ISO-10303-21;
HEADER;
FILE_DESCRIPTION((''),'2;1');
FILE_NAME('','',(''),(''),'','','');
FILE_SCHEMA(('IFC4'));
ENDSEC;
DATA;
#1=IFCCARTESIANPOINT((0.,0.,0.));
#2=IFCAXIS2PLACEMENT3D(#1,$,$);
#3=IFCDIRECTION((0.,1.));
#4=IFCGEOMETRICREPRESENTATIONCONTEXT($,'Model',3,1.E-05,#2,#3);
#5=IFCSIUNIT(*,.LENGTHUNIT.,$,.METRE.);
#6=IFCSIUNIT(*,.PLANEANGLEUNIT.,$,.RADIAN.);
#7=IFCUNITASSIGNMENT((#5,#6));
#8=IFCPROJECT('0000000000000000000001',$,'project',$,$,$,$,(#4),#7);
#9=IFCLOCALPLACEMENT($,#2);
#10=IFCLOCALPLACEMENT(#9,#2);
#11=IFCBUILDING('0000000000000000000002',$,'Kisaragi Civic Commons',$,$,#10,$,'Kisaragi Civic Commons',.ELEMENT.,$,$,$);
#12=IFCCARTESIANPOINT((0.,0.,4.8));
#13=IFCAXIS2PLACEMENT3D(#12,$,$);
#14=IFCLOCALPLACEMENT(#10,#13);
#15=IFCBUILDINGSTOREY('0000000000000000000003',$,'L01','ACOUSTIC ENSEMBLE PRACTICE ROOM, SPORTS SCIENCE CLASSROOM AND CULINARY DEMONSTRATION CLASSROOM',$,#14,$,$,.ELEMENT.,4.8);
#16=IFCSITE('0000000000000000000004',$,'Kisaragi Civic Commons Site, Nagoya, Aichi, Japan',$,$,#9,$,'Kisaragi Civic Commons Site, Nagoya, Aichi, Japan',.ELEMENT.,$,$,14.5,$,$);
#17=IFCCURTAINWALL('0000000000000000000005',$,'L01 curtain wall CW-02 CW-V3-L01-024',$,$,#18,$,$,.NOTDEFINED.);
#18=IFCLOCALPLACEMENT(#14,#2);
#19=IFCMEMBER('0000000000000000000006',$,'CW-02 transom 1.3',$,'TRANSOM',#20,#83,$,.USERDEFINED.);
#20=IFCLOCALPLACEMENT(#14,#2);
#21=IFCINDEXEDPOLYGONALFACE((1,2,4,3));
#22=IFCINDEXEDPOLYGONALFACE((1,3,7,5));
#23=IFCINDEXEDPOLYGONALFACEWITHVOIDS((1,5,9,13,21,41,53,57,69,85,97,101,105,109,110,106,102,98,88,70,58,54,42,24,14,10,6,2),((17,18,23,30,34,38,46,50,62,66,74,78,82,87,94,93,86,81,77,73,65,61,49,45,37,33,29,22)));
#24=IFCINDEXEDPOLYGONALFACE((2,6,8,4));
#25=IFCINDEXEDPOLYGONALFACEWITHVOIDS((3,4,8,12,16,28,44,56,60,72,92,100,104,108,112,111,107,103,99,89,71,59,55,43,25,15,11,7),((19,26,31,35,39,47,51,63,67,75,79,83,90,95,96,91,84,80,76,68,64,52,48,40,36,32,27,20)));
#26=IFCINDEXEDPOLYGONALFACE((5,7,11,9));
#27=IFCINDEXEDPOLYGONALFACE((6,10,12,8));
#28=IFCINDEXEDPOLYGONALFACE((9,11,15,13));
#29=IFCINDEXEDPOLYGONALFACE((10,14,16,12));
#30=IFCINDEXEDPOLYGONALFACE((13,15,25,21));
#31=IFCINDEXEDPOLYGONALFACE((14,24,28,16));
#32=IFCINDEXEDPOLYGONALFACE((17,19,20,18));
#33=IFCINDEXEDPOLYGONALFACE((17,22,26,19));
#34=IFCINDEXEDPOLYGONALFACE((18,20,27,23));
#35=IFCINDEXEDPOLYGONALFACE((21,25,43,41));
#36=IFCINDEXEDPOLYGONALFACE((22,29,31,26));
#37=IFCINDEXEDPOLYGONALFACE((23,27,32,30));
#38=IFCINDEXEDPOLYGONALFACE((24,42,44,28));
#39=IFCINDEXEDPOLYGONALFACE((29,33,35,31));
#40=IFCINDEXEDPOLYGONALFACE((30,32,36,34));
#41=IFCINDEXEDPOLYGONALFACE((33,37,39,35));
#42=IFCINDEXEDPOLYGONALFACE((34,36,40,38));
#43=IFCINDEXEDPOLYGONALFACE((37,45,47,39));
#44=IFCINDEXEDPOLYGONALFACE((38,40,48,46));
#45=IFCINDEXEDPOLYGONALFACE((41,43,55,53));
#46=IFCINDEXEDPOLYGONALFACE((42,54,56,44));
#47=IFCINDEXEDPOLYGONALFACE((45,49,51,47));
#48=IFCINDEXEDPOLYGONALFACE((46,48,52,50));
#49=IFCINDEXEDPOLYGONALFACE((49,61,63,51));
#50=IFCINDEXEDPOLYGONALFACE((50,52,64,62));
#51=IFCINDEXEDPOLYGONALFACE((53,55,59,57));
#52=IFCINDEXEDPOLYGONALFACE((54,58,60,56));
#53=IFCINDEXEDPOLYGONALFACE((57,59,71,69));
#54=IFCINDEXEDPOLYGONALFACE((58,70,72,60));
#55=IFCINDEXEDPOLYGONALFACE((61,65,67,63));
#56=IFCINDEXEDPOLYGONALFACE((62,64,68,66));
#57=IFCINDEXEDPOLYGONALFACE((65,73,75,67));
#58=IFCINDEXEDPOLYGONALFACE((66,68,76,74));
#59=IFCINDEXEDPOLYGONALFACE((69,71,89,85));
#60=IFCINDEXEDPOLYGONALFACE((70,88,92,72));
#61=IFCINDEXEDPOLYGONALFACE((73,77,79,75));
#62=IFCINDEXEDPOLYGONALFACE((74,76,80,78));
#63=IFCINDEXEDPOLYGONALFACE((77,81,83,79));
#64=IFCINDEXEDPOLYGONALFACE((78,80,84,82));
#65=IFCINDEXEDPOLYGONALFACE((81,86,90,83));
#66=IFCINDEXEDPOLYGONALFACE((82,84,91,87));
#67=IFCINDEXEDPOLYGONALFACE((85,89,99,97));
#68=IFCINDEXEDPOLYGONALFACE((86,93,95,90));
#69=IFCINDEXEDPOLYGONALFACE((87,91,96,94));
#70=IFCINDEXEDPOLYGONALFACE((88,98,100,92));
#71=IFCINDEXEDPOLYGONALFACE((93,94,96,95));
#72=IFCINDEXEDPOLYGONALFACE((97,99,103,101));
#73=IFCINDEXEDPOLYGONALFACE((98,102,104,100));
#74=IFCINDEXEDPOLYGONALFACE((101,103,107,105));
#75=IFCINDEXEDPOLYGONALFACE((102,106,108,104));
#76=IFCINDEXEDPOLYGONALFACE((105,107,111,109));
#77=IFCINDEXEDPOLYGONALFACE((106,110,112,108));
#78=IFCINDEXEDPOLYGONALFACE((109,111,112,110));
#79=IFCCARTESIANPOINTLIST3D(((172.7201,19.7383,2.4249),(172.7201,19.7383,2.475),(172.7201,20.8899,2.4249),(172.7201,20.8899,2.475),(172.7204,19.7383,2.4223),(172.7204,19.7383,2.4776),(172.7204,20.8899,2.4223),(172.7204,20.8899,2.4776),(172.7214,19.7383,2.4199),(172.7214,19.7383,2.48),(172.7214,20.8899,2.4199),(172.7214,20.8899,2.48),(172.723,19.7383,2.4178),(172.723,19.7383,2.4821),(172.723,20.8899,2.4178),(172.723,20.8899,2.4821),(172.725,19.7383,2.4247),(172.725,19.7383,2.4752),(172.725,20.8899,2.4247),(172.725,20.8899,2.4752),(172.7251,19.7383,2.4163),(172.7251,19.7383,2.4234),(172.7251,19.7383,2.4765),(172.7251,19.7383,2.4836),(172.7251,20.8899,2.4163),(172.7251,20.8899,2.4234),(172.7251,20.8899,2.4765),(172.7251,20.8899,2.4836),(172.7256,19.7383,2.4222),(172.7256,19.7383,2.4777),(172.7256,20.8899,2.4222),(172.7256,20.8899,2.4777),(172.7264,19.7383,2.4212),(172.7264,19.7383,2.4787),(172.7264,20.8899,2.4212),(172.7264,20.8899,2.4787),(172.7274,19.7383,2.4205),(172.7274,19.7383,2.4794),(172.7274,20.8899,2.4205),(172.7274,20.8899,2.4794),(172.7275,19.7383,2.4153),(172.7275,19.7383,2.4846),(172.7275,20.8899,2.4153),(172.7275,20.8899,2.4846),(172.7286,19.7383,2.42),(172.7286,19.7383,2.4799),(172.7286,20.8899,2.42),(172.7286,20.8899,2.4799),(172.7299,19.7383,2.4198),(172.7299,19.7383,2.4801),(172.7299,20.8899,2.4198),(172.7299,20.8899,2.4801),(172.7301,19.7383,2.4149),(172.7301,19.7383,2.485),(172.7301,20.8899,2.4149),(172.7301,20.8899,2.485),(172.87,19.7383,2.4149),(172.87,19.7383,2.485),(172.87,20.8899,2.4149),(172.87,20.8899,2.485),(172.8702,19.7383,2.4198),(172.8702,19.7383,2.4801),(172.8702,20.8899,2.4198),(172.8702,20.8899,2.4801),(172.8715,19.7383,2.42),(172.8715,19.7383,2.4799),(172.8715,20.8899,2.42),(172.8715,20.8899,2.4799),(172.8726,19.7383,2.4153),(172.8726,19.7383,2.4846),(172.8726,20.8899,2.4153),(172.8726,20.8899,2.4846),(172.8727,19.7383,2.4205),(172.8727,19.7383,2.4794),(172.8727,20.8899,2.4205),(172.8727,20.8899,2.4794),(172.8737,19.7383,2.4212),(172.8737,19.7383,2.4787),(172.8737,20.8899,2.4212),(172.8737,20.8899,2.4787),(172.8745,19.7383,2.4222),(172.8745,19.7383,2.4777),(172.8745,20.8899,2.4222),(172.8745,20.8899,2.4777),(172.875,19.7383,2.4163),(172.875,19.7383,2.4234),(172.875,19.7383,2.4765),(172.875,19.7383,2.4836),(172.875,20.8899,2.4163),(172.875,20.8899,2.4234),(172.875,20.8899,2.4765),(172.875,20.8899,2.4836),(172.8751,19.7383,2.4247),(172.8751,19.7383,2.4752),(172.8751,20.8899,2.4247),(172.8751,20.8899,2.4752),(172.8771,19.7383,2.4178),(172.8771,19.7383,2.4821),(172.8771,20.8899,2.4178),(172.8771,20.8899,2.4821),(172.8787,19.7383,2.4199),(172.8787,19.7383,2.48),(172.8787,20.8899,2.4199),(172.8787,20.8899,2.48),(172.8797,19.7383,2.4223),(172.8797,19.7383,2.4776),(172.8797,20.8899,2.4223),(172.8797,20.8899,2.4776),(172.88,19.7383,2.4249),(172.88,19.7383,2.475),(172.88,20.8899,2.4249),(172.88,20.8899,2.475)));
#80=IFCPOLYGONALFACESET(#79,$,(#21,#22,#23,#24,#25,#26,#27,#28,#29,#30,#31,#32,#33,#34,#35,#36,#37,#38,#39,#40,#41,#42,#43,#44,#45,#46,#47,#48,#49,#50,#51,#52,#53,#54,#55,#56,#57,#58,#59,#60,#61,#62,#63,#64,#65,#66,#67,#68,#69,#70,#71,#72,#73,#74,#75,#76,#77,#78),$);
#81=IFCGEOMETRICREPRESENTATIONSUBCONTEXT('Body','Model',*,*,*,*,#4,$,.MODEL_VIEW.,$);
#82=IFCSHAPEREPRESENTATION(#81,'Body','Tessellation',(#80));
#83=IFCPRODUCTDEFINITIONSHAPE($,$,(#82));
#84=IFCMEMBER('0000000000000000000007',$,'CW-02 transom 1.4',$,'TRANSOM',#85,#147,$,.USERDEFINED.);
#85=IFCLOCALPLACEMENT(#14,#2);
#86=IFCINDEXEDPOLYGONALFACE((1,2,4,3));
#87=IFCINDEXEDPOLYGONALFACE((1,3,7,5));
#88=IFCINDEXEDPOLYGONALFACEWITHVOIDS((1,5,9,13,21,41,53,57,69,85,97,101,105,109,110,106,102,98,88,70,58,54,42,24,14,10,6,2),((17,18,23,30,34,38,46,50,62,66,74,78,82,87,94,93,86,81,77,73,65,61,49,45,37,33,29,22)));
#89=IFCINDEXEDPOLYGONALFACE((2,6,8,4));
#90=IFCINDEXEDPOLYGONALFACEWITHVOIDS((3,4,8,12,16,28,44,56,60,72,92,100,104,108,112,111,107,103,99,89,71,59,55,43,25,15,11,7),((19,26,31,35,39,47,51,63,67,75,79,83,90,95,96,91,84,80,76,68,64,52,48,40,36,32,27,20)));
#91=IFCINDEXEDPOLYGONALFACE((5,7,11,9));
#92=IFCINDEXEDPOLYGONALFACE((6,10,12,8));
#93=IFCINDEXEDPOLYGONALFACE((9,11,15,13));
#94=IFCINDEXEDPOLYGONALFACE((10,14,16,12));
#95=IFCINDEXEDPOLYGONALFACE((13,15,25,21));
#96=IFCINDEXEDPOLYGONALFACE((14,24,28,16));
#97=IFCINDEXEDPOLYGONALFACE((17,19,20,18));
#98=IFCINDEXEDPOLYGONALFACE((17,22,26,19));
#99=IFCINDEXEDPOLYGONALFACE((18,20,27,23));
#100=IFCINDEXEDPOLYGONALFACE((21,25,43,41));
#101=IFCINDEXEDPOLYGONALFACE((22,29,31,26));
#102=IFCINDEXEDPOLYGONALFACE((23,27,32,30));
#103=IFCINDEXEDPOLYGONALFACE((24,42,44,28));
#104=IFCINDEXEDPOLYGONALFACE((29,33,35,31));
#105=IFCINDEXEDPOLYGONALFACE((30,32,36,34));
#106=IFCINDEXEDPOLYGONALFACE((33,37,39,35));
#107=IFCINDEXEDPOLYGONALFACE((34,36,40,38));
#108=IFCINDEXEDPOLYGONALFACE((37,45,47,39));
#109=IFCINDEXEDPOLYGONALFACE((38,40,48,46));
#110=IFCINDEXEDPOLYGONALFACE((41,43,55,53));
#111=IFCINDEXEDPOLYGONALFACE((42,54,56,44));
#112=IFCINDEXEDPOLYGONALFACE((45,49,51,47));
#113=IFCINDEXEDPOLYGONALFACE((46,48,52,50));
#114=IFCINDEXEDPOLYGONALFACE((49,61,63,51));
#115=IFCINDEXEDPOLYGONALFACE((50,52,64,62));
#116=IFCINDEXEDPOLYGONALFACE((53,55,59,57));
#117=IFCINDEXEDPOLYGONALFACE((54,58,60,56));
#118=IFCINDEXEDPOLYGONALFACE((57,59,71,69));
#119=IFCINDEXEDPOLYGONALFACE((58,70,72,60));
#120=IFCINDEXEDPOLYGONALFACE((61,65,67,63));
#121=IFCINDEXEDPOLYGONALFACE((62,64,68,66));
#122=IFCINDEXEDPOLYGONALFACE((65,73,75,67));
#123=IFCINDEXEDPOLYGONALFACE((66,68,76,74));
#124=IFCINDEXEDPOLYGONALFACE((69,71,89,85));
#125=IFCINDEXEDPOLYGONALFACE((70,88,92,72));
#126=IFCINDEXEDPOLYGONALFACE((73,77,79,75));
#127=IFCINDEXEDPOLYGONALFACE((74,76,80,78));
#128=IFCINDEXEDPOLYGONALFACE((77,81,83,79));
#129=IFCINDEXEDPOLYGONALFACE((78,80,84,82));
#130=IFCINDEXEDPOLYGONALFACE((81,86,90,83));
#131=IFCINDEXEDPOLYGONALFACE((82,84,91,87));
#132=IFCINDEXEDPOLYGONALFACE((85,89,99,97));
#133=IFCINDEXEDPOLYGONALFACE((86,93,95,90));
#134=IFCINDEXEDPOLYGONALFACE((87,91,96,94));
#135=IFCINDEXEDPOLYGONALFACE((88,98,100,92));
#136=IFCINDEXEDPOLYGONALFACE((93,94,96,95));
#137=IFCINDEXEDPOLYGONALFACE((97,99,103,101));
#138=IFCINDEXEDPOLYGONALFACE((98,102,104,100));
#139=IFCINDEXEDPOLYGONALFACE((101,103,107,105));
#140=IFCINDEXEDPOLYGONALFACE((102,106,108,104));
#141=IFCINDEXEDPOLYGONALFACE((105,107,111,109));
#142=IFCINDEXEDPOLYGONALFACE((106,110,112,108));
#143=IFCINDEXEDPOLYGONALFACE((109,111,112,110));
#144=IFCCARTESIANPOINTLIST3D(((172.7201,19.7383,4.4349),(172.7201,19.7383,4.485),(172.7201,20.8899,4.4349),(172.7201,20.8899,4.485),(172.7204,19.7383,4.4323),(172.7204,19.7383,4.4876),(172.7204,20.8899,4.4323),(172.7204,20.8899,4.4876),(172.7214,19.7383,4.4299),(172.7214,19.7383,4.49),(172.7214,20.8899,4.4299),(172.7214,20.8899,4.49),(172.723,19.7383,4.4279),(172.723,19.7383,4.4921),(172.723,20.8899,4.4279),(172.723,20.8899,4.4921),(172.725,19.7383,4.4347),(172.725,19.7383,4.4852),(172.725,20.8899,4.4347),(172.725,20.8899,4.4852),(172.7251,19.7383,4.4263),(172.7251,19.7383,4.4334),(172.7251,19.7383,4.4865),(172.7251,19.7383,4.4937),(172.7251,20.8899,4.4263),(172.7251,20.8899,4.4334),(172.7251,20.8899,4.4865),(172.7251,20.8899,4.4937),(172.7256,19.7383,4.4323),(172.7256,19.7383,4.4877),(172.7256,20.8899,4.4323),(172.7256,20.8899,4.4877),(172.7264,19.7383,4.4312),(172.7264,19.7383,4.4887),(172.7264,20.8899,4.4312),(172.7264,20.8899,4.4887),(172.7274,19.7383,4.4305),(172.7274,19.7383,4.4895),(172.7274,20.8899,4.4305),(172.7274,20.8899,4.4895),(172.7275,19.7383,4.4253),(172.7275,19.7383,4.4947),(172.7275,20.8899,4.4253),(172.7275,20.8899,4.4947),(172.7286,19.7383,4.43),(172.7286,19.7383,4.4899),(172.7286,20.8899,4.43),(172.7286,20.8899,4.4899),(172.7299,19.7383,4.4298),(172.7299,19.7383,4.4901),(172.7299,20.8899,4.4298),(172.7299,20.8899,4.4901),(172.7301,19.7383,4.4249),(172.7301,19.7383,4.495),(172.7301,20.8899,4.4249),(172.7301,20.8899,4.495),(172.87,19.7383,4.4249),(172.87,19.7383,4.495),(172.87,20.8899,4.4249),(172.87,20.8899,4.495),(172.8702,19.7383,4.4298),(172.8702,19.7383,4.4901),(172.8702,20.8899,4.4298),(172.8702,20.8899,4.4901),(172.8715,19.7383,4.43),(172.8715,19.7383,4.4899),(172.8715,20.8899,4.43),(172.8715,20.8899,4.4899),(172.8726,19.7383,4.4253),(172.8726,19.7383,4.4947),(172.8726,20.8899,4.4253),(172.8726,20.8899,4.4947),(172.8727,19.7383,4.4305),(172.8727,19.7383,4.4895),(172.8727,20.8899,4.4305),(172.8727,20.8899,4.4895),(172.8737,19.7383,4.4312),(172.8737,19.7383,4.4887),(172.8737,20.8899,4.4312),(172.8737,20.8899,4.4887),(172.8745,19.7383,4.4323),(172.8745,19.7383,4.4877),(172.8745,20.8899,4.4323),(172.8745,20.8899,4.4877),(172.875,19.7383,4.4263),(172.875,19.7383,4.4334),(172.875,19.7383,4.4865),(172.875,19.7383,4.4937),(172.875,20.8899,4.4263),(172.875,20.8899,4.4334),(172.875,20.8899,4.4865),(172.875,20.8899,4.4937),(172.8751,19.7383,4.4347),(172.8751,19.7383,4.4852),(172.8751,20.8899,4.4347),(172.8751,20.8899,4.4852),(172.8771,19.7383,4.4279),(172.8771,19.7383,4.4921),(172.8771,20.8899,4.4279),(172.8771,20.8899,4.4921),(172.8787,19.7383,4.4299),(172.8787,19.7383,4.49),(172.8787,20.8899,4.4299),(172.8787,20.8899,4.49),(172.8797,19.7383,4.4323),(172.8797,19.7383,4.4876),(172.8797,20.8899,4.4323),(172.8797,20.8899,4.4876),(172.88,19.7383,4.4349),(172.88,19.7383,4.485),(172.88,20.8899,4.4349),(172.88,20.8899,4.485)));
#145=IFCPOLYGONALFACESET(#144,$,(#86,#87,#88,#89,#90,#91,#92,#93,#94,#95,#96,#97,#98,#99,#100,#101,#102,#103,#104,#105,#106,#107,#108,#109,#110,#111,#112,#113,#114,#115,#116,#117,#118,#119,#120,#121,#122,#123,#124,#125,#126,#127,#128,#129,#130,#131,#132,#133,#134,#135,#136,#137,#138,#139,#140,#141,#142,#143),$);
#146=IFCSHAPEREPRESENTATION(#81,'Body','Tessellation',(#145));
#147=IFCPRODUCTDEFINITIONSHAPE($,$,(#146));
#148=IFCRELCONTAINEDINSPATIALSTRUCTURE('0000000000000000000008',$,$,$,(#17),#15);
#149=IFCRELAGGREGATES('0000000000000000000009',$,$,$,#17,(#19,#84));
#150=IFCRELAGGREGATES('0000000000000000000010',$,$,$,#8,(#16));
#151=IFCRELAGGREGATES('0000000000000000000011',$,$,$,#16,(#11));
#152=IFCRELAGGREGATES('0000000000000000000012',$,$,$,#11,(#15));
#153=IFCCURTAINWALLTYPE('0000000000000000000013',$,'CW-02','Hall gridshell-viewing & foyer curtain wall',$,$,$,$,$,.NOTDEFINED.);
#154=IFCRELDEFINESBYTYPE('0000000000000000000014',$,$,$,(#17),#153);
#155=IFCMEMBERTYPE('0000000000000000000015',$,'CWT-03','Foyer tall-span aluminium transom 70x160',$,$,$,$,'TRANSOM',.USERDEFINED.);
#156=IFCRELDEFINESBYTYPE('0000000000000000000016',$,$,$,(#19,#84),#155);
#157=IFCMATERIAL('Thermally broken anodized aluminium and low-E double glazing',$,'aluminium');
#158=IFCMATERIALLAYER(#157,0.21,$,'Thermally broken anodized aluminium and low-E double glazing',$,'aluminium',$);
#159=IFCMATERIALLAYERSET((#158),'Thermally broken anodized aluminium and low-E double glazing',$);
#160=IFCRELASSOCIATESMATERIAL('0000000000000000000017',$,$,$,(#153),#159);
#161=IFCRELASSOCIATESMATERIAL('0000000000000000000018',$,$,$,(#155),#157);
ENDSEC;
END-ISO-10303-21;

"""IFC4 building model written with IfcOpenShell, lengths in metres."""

from ifc_helpers import new_model, si_unit, direction, frame, origin, origin_2d, place, context, subcontext, project, spatial, hollow_rectangle, extrude, material, layer, layer_set, material_profile, profile_set, type_object, element, aggregate, save


model = new_model("IFC4")

# Units and contexts
model_context = context("Model", 3, precision=1e-05, world=origin(), true_north=direction((0.0, 1.0)))
body_context = subcontext(model_context, "Body", "Model", "MODEL_VIEW")
ifc_project = project(units=[si_unit("LENGTHUNIT", "METRE"), si_unit("PLANEANGLEUNIT", "RADIAN")], contexts=[model_context])

# Site, building, storey
site_placement = place(None, origin())
site = spatial("IfcSite", under=ifc_project, at=site_placement, Name="Kisaragi Civic Commons Site, Nagoya, Aichi, Japan", LongName="Kisaragi Civic Commons Site, Nagoya, Aichi, Japan", CompositionType="ELEMENT", RefElevation=14.5)
building_placement = place(site_placement, origin())
building = spatial("IfcBuilding", under=site, at=building_placement, Name="Kisaragi Civic Commons", LongName="Kisaragi Civic Commons", CompositionType="ELEMENT")
storey_placement = place(building_placement, frame((0.0, 0.0, 4.8)))
storey = spatial("IfcBuildingStorey", under=building, at=storey_placement, Name="L01", Description="ACOUSTIC ENSEMBLE PRACTICE ROOM, SPORTS SCIENCE CLASSROOM AND CULINARY DEMONSTRATION CLASSROOM", CompositionType="ELEMENT", Elevation=4.8)

# Shared definitions
ifc_material = material(Name="Thermally broken anodized aluminium and low-E double glazing", Category="aluminium")
ifc_layer_1 = layer(ifc_material, 0.21, Name="Thermally broken anodized aluminium and low-E double glazing", Category="aluminium")
ifc_layer_set_1 = layer_set([ifc_layer_1], Name="Thermally broken anodized aluminium and low-E double glazing")
curtain_wall_type = type_object("IfcCurtainWallType", Name="CW-02", Description="Hall gridshell-viewing & foyer curtain wall", PredefinedType="NOTDEFINED", material=ifc_layer_set_1)

# Curtain wall, members
curtain_wall_1_placement = place(storey_placement, origin())
curtain_wall_1 = element("IfcCurtainWall", 1, at=curtain_wall_1_placement, inside=storey, type_object=curtain_wall_type, Name="L01 curtain wall CW-02 CW-V3-L01-024", PredefinedType="NOTDEFINED")
ifc_material_profile_1 = material_profile(ifc_material, hollow_rectangle(XDim=0.1599, YDim=0.0701, WallThickness=0.0049, InnerFilletRadius=0.0049, OuterFilletRadius=0.01, at=origin_2d()), Name="CWT-70x160x5", Category="aluminium")
ifc_profile_set_1 = profile_set([ifc_material_profile_1], Name="Thermally broken anodized aluminium and low-E double glazing")
member_type_1 = type_object("IfcMemberType", Name="CWT-03", Description="Foyer tall-span aluminium transom 70x160", ElementType="TRANSOM", PredefinedType="USERDEFINED", material=ifc_profile_set_1)
member_1_placement = place(storey_placement, frame((172.8, 20.8899, 2.45), z_axis=(0.0, -1.0, 0.0), x_axis=(1.0, 0.0, 0.0)))
member_1 = element("IfcMember", 2, at=member_1_placement, type_object=member_type_1, Name="CW-02 transom 1.3", ObjectType="TRANSOM", PredefinedType="USERDEFINED", context=body_context, shape_type="SweptSolid", body=[
    extrude(hollow_rectangle(XDim=0.1599, YDim=0.0701, WallThickness=0.0049, InnerFilletRadius=0.0049, OuterFilletRadius=0.01, at=origin_2d()), origin(), (0.0, 0.0, 1.0), 1.1516),
])
member_2_placement = place(storey_placement, frame((172.8, 20.8899, 4.46), z_axis=(0.0, -1.0, 0.0), x_axis=(1.0, 0.0, 0.0)))
member_2 = element("IfcMember", 3, at=member_2_placement, type_object=member_type_1, Name="CW-02 transom 1.4", ObjectType="TRANSOM", PredefinedType="USERDEFINED", context=body_context, shape_type="SweptSolid", body=[
    extrude(hollow_rectangle(XDim=0.1599, YDim=0.0701, WallThickness=0.0049, InnerFilletRadius=0.0049, OuterFilletRadius=0.01, at=origin_2d()), origin(), (0.0, 0.0, 1.0), 1.1516),
])

aggregate(curtain_wall_1, [member_1, member_2])

save(model, "model.ifc")
